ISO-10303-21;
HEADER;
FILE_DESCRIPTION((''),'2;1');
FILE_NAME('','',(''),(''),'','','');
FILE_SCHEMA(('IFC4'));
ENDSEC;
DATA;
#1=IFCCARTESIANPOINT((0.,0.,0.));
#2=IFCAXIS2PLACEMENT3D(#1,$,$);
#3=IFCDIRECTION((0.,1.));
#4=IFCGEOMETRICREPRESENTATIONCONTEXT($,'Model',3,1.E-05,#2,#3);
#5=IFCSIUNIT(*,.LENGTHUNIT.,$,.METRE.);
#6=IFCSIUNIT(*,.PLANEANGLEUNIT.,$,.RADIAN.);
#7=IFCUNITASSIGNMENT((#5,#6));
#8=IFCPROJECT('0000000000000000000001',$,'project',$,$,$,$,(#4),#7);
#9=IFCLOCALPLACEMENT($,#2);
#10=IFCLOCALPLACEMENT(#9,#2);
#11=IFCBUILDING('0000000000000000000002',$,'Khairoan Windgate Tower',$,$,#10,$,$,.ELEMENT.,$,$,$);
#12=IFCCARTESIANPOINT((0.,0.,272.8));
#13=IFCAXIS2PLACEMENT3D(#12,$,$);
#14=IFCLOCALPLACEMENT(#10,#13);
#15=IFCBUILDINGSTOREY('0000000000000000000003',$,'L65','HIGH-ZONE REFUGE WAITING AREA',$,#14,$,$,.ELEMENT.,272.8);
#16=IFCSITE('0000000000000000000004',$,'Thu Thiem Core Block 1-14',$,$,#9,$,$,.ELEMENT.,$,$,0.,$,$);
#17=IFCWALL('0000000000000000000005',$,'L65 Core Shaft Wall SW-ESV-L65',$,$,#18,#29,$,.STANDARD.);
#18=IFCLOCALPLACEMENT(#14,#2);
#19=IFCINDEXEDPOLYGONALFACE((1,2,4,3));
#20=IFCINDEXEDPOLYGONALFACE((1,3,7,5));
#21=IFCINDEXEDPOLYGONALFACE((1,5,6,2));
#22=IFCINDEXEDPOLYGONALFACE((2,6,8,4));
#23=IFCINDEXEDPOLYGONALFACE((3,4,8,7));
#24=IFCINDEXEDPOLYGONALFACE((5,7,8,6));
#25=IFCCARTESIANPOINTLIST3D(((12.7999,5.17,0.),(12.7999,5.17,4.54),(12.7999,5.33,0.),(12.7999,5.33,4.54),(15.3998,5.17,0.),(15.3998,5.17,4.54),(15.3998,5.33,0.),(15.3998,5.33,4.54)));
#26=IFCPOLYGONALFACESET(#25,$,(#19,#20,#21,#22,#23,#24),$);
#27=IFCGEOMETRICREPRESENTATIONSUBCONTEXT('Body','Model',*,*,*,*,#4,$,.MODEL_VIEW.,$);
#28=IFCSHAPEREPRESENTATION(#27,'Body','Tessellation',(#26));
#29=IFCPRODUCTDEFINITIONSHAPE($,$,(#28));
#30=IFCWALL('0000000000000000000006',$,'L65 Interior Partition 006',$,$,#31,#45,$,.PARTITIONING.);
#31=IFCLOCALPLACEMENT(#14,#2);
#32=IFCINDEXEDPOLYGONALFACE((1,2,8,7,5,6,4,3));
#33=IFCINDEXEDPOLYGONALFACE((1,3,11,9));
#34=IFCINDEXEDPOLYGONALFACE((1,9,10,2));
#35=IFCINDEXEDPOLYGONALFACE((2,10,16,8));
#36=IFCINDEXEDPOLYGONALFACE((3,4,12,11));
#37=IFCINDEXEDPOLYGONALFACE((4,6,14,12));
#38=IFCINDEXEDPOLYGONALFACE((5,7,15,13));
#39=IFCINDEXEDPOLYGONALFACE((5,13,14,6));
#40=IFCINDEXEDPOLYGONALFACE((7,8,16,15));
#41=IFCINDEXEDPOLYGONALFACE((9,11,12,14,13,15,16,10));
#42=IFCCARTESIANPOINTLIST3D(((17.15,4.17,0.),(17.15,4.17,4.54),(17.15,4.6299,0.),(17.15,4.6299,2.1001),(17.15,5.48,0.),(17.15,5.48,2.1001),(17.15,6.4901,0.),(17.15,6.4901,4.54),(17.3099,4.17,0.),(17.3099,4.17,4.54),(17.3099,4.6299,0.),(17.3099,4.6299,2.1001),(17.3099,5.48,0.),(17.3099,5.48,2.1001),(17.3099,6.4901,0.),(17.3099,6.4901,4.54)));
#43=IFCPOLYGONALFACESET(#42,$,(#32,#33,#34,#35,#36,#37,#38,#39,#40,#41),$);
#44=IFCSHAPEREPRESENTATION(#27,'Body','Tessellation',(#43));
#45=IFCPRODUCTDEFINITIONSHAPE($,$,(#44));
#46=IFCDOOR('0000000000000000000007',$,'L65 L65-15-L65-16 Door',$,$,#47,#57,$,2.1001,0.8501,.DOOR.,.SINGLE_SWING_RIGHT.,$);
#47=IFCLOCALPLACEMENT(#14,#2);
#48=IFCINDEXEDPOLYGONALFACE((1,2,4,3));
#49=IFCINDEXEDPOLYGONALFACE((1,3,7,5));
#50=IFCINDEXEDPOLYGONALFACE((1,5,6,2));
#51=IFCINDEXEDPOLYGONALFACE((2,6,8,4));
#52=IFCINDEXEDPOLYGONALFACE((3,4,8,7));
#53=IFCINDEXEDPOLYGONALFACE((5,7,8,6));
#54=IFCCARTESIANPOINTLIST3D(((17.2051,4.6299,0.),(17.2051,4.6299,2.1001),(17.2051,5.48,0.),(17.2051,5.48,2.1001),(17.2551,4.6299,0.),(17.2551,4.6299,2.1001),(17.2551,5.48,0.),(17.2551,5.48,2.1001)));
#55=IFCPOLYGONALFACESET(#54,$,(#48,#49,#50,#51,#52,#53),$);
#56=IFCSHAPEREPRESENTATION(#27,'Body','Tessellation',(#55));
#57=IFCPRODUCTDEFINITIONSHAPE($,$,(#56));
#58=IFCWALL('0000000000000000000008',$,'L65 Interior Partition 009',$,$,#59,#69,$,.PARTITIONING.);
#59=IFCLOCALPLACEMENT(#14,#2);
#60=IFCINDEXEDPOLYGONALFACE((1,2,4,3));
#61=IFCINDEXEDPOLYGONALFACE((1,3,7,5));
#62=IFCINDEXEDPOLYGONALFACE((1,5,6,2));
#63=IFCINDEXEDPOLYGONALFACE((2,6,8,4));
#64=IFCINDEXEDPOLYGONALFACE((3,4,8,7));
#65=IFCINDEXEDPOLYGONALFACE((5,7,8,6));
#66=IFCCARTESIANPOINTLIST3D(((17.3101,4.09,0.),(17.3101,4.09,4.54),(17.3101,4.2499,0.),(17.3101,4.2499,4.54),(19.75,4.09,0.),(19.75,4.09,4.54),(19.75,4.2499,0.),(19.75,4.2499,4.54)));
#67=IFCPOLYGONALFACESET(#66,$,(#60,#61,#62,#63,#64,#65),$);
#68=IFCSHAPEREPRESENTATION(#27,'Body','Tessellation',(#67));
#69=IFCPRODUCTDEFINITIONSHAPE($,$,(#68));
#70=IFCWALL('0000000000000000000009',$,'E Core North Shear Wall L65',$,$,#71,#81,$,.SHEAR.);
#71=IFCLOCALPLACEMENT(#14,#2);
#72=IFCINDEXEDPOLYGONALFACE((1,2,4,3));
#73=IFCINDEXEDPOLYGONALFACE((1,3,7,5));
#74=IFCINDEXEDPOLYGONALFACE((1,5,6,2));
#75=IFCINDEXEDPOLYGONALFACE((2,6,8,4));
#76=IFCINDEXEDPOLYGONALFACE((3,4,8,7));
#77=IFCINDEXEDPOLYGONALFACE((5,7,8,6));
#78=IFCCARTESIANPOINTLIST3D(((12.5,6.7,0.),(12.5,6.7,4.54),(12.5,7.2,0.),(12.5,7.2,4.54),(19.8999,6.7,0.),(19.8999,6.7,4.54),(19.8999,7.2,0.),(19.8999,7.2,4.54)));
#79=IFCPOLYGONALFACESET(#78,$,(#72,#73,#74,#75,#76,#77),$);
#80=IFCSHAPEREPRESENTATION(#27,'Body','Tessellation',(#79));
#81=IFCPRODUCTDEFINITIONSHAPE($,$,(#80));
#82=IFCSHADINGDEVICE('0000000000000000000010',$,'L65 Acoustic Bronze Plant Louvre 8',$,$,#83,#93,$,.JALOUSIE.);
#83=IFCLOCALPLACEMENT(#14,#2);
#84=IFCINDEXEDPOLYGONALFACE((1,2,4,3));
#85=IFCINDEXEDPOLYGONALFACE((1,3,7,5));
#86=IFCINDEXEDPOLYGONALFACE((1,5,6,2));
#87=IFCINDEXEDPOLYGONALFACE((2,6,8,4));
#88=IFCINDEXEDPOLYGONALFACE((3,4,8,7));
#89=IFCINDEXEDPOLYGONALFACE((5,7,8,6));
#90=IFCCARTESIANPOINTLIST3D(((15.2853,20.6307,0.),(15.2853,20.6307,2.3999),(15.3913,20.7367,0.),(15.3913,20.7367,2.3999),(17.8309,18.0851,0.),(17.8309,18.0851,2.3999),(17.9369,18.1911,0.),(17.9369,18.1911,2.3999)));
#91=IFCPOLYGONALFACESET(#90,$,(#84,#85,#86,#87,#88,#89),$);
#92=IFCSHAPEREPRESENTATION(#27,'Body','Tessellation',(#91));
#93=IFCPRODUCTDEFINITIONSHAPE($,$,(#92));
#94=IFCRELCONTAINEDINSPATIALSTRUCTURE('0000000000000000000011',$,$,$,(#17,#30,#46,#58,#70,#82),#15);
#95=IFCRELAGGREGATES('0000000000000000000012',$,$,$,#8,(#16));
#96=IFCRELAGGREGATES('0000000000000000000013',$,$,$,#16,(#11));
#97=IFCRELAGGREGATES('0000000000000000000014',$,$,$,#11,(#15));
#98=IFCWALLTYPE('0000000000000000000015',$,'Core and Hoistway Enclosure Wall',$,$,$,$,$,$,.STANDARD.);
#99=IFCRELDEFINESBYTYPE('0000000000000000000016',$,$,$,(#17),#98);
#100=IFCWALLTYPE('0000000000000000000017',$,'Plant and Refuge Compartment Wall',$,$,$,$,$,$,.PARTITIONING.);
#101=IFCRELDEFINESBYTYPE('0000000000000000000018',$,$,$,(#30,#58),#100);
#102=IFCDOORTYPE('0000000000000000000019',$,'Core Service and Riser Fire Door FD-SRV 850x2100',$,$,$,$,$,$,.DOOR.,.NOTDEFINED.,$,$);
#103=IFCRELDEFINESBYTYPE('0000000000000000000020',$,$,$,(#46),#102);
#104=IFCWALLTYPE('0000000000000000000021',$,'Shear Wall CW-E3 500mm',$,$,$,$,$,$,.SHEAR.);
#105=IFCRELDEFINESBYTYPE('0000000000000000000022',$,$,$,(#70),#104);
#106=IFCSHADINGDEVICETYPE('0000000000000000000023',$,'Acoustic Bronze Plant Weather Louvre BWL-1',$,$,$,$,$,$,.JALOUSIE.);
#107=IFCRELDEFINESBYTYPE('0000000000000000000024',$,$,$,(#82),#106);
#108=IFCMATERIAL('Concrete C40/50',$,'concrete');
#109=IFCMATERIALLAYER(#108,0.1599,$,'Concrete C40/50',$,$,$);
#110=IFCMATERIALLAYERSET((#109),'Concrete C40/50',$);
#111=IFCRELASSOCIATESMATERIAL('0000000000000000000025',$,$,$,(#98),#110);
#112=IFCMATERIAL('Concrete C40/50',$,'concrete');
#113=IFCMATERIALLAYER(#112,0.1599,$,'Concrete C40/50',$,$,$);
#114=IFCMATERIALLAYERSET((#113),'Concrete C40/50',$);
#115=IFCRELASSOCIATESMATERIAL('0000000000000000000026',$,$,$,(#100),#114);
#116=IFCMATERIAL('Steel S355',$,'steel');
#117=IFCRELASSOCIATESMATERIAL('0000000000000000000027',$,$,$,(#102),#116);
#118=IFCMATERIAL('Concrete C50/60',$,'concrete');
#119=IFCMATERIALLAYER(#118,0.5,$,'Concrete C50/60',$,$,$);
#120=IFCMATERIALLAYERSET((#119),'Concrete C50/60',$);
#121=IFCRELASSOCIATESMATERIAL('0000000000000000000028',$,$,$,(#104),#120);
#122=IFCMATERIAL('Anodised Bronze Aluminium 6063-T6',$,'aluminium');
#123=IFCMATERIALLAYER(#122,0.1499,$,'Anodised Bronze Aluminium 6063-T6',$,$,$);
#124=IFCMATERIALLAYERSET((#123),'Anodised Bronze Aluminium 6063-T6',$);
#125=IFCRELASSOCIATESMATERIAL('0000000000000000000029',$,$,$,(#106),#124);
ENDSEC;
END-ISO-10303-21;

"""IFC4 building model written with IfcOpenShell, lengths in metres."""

from ifc_helpers import new_model, si_unit, direction, frame, frame_2d, origin, origin_2d, place, context, subcontext, project, spatial, rectangle, extrude, material, layer, layer_set, type_object, element, fill, save


model = new_model("IFC4")

# Units and contexts
model_context = context("Model", 3, precision=1e-05, world=origin(), true_north=direction((0.0, 1.0)))
body_context = subcontext(model_context, "Body", "Model", "MODEL_VIEW")
ifc_project = project(units=[si_unit("LENGTHUNIT", "METRE"), si_unit("PLANEANGLEUNIT", "RADIAN")], contexts=[model_context])

# Site, building, storey
site_placement = place(None, origin())
site = spatial("IfcSite", under=ifc_project, at=site_placement, Name="Thu Thiem Core Block 1-14", CompositionType="ELEMENT", RefElevation=0.0)
building_placement = place(site_placement, origin())
building = spatial("IfcBuilding", under=site, at=building_placement, Name="Khairoan Windgate Tower", CompositionType="ELEMENT")
storey_placement = place(building_placement, frame((0.0, 0.0, 272.8)))
storey = spatial("IfcBuildingStorey", under=building, at=storey_placement, Name="L65", Description="HIGH-ZONE REFUGE WAITING AREA", CompositionType="ELEMENT", Elevation=272.8)

# Wall
ifc_material_1 = material(Name="Concrete C40/50", Category="concrete")
ifc_layer_1 = layer(ifc_material_1, 0.1599, Name="Concrete C40/50")
ifc_layer_set_1 = layer_set([ifc_layer_1], Name="Concrete C40/50")
wall_type_1 = type_object("IfcWallType", Name="Core and Hoistway Enclosure Wall", PredefinedType="STANDARD", material=ifc_layer_set_1)
wall_1_placement = place(storey_placement, frame((12.8, 5.25, 0.0), z_axis=(0.0, 0.0, 1.0), x_axis=(1.0, 0.0, 0.0)))
element("IfcWall", 1, at=wall_1_placement, inside=storey, type_object=wall_type_1, Name="L65 Core Shaft Wall SW-ESV-L65", PredefinedType="STANDARD", context=body_context, shape_type="SweptSolid", body=[
    extrude(rectangle(XDim=2.5999, YDim=0.1599, at=frame_2d((1.2998, 0.0))), origin(), (0.0, 0.0, 1.0), 4.54),
])

# Wall, opening, door
ifc_material_2 = material(Name="Concrete C40/50", Category="concrete")
ifc_layer_2 = layer(ifc_material_2, 0.1599, Name="Concrete C40/50")
ifc_layer_set_2 = layer_set([ifc_layer_2], Name="Concrete C40/50")
wall_type_2 = type_object("IfcWallType", Name="Plant and Refuge Compartment Wall", PredefinedType="PARTITIONING", material=ifc_layer_set_2)
wall_2_placement = place(storey_placement, frame((17.23, 4.1699, 0.0), z_axis=(0.0, 0.0, 1.0), x_axis=(0.0, 1.0, 0.0)))
wall_2 = element("IfcWall", 2, at=wall_2_placement, inside=storey, type_object=wall_type_2, Name="L65 Interior Partition 006", PredefinedType="PARTITIONING", context=body_context, shape_type="SweptSolid", body=[
    extrude(rectangle(XDim=2.3201, YDim=0.1599, at=frame_2d((1.1602, 0.0))), origin(), (0.0, 0.0, 1.0), 4.54),
])
opening_placement = place(wall_2_placement, frame((0.46, 0.0, 0.0)))
opening = element("IfcOpeningElement", 3, at=opening_placement, cuts=wall_2, PredefinedType="OPENING", context=body_context, shape_type="SweptSolid", body=[
    extrude(rectangle(XDim=0.8501, YDim=2.1001, at=frame_2d((0.425, 1.05))), frame((0.0, 0.0898, 0.0), z_axis=(0.0, -1.0, 0.0), x_axis=(1.0, 0.0, 0.0)), (0.0, 0.0, 1.0), 0.1799),
])
ifc_material_3 = material(Name="Steel S355", Category="steel")
door_type = type_object("IfcDoorType", Name="Core Service and Riser Fire Door FD-SRV 850x2100", OperationType="NOTDEFINED", PredefinedType="DOOR", material=ifc_material_3)
door_placement = place(opening_placement, origin())
door = element("IfcDoor", 4, at=door_placement, inside=storey, type_object=door_type, Name="L65 L65-15-L65-16 Door", OperationType="SINGLE_SWING_RIGHT", OverallHeight=2.1001, OverallWidth=0.8501, PredefinedType="DOOR", context=body_context, shape_type="SweptSolid", body=[
    extrude(rectangle(XDim=0.8501, YDim=2.1001, at=frame_2d((0.425, 1.05))), frame((0.0, 0.0249, 0.0), z_axis=(0.0, -1.0, 0.0), x_axis=(1.0, 0.0, 0.0)), (0.0, 0.0, 1.0), 0.05),
])
fill(opening, door)

# Walls
wall_3_placement = place(storey_placement, frame((17.3101, 4.1699, 0.0), z_axis=(0.0, 0.0, 1.0), x_axis=(1.0, 0.0, 0.0)))
element("IfcWall", 5, at=wall_3_placement, inside=storey, type_object=wall_type_2, Name="L65 Interior Partition 009", PredefinedType="PARTITIONING", context=body_context, shape_type="SweptSolid", body=[
    extrude(rectangle(XDim=2.4399, YDim=0.1599, at=frame_2d((1.22, 0.0))), origin(), (0.0, 0.0, 1.0), 4.54),
])
ifc_material_4 = material(Name="Concrete C50/60", Category="concrete")
ifc_layer_3 = layer(ifc_material_4, 0.5, Name="Concrete C50/60")
ifc_layer_set_3 = layer_set([ifc_layer_3], Name="Concrete C50/60")
wall_type_3 = type_object("IfcWallType", Name="Shear Wall CW-E3 500mm", PredefinedType="SHEAR", material=ifc_layer_set_3)
wall_4_placement = place(storey_placement, frame((12.5, 6.95, 0.0), z_axis=(0.0, 0.0, 1.0), x_axis=(1.0, 0.0, 0.0)))
element("IfcWall", 6, at=wall_4_placement, inside=storey, type_object=wall_type_3, Name="E Core North Shear Wall L65", PredefinedType="SHEAR", context=body_context, shape_type="SweptSolid", body=[
    extrude(rectangle(XDim=7.3999, YDim=0.5, at=frame_2d((3.7, 0.0))), origin(), (0.0, 0.0, 1.0), 4.54),
])

# Shading device
ifc_material_5 = material(Name="Anodised Bronze Aluminium 6063-T6", Category="aluminium")
ifc_layer_4 = layer(ifc_material_5, 0.1499, Name="Anodised Bronze Aluminium 6063-T6")
ifc_layer_set_4 = layer_set([ifc_layer_4], Name="Anodised Bronze Aluminium 6063-T6")
shading_device_type = type_object("IfcShadingDeviceType", Name="Acoustic Bronze Plant Weather Louvre BWL-1", PredefinedType="JALOUSIE", material=ifc_layer_set_4)
shading_device_placement = place(storey_placement, frame((16.6111, 19.4109, 0.0), z_axis=(0.0, 0.0, 1.0), x_axis=(0.707107, -0.707107, 0.0)))
element("IfcShadingDevice", 7, at=shading_device_placement, inside=storey, type_object=shading_device_type, Name="L65 Acoustic Bronze Plant Louvre 8", PredefinedType="JALOUSIE", context=body_context, shape_type="SweptSolid", body=[
    extrude(rectangle(XDim=3.6001, YDim=0.1499, at=origin_2d()), origin(), (0.0, 0.0, 1.0), 2.3999),
])

save(model, "model.ifc")
